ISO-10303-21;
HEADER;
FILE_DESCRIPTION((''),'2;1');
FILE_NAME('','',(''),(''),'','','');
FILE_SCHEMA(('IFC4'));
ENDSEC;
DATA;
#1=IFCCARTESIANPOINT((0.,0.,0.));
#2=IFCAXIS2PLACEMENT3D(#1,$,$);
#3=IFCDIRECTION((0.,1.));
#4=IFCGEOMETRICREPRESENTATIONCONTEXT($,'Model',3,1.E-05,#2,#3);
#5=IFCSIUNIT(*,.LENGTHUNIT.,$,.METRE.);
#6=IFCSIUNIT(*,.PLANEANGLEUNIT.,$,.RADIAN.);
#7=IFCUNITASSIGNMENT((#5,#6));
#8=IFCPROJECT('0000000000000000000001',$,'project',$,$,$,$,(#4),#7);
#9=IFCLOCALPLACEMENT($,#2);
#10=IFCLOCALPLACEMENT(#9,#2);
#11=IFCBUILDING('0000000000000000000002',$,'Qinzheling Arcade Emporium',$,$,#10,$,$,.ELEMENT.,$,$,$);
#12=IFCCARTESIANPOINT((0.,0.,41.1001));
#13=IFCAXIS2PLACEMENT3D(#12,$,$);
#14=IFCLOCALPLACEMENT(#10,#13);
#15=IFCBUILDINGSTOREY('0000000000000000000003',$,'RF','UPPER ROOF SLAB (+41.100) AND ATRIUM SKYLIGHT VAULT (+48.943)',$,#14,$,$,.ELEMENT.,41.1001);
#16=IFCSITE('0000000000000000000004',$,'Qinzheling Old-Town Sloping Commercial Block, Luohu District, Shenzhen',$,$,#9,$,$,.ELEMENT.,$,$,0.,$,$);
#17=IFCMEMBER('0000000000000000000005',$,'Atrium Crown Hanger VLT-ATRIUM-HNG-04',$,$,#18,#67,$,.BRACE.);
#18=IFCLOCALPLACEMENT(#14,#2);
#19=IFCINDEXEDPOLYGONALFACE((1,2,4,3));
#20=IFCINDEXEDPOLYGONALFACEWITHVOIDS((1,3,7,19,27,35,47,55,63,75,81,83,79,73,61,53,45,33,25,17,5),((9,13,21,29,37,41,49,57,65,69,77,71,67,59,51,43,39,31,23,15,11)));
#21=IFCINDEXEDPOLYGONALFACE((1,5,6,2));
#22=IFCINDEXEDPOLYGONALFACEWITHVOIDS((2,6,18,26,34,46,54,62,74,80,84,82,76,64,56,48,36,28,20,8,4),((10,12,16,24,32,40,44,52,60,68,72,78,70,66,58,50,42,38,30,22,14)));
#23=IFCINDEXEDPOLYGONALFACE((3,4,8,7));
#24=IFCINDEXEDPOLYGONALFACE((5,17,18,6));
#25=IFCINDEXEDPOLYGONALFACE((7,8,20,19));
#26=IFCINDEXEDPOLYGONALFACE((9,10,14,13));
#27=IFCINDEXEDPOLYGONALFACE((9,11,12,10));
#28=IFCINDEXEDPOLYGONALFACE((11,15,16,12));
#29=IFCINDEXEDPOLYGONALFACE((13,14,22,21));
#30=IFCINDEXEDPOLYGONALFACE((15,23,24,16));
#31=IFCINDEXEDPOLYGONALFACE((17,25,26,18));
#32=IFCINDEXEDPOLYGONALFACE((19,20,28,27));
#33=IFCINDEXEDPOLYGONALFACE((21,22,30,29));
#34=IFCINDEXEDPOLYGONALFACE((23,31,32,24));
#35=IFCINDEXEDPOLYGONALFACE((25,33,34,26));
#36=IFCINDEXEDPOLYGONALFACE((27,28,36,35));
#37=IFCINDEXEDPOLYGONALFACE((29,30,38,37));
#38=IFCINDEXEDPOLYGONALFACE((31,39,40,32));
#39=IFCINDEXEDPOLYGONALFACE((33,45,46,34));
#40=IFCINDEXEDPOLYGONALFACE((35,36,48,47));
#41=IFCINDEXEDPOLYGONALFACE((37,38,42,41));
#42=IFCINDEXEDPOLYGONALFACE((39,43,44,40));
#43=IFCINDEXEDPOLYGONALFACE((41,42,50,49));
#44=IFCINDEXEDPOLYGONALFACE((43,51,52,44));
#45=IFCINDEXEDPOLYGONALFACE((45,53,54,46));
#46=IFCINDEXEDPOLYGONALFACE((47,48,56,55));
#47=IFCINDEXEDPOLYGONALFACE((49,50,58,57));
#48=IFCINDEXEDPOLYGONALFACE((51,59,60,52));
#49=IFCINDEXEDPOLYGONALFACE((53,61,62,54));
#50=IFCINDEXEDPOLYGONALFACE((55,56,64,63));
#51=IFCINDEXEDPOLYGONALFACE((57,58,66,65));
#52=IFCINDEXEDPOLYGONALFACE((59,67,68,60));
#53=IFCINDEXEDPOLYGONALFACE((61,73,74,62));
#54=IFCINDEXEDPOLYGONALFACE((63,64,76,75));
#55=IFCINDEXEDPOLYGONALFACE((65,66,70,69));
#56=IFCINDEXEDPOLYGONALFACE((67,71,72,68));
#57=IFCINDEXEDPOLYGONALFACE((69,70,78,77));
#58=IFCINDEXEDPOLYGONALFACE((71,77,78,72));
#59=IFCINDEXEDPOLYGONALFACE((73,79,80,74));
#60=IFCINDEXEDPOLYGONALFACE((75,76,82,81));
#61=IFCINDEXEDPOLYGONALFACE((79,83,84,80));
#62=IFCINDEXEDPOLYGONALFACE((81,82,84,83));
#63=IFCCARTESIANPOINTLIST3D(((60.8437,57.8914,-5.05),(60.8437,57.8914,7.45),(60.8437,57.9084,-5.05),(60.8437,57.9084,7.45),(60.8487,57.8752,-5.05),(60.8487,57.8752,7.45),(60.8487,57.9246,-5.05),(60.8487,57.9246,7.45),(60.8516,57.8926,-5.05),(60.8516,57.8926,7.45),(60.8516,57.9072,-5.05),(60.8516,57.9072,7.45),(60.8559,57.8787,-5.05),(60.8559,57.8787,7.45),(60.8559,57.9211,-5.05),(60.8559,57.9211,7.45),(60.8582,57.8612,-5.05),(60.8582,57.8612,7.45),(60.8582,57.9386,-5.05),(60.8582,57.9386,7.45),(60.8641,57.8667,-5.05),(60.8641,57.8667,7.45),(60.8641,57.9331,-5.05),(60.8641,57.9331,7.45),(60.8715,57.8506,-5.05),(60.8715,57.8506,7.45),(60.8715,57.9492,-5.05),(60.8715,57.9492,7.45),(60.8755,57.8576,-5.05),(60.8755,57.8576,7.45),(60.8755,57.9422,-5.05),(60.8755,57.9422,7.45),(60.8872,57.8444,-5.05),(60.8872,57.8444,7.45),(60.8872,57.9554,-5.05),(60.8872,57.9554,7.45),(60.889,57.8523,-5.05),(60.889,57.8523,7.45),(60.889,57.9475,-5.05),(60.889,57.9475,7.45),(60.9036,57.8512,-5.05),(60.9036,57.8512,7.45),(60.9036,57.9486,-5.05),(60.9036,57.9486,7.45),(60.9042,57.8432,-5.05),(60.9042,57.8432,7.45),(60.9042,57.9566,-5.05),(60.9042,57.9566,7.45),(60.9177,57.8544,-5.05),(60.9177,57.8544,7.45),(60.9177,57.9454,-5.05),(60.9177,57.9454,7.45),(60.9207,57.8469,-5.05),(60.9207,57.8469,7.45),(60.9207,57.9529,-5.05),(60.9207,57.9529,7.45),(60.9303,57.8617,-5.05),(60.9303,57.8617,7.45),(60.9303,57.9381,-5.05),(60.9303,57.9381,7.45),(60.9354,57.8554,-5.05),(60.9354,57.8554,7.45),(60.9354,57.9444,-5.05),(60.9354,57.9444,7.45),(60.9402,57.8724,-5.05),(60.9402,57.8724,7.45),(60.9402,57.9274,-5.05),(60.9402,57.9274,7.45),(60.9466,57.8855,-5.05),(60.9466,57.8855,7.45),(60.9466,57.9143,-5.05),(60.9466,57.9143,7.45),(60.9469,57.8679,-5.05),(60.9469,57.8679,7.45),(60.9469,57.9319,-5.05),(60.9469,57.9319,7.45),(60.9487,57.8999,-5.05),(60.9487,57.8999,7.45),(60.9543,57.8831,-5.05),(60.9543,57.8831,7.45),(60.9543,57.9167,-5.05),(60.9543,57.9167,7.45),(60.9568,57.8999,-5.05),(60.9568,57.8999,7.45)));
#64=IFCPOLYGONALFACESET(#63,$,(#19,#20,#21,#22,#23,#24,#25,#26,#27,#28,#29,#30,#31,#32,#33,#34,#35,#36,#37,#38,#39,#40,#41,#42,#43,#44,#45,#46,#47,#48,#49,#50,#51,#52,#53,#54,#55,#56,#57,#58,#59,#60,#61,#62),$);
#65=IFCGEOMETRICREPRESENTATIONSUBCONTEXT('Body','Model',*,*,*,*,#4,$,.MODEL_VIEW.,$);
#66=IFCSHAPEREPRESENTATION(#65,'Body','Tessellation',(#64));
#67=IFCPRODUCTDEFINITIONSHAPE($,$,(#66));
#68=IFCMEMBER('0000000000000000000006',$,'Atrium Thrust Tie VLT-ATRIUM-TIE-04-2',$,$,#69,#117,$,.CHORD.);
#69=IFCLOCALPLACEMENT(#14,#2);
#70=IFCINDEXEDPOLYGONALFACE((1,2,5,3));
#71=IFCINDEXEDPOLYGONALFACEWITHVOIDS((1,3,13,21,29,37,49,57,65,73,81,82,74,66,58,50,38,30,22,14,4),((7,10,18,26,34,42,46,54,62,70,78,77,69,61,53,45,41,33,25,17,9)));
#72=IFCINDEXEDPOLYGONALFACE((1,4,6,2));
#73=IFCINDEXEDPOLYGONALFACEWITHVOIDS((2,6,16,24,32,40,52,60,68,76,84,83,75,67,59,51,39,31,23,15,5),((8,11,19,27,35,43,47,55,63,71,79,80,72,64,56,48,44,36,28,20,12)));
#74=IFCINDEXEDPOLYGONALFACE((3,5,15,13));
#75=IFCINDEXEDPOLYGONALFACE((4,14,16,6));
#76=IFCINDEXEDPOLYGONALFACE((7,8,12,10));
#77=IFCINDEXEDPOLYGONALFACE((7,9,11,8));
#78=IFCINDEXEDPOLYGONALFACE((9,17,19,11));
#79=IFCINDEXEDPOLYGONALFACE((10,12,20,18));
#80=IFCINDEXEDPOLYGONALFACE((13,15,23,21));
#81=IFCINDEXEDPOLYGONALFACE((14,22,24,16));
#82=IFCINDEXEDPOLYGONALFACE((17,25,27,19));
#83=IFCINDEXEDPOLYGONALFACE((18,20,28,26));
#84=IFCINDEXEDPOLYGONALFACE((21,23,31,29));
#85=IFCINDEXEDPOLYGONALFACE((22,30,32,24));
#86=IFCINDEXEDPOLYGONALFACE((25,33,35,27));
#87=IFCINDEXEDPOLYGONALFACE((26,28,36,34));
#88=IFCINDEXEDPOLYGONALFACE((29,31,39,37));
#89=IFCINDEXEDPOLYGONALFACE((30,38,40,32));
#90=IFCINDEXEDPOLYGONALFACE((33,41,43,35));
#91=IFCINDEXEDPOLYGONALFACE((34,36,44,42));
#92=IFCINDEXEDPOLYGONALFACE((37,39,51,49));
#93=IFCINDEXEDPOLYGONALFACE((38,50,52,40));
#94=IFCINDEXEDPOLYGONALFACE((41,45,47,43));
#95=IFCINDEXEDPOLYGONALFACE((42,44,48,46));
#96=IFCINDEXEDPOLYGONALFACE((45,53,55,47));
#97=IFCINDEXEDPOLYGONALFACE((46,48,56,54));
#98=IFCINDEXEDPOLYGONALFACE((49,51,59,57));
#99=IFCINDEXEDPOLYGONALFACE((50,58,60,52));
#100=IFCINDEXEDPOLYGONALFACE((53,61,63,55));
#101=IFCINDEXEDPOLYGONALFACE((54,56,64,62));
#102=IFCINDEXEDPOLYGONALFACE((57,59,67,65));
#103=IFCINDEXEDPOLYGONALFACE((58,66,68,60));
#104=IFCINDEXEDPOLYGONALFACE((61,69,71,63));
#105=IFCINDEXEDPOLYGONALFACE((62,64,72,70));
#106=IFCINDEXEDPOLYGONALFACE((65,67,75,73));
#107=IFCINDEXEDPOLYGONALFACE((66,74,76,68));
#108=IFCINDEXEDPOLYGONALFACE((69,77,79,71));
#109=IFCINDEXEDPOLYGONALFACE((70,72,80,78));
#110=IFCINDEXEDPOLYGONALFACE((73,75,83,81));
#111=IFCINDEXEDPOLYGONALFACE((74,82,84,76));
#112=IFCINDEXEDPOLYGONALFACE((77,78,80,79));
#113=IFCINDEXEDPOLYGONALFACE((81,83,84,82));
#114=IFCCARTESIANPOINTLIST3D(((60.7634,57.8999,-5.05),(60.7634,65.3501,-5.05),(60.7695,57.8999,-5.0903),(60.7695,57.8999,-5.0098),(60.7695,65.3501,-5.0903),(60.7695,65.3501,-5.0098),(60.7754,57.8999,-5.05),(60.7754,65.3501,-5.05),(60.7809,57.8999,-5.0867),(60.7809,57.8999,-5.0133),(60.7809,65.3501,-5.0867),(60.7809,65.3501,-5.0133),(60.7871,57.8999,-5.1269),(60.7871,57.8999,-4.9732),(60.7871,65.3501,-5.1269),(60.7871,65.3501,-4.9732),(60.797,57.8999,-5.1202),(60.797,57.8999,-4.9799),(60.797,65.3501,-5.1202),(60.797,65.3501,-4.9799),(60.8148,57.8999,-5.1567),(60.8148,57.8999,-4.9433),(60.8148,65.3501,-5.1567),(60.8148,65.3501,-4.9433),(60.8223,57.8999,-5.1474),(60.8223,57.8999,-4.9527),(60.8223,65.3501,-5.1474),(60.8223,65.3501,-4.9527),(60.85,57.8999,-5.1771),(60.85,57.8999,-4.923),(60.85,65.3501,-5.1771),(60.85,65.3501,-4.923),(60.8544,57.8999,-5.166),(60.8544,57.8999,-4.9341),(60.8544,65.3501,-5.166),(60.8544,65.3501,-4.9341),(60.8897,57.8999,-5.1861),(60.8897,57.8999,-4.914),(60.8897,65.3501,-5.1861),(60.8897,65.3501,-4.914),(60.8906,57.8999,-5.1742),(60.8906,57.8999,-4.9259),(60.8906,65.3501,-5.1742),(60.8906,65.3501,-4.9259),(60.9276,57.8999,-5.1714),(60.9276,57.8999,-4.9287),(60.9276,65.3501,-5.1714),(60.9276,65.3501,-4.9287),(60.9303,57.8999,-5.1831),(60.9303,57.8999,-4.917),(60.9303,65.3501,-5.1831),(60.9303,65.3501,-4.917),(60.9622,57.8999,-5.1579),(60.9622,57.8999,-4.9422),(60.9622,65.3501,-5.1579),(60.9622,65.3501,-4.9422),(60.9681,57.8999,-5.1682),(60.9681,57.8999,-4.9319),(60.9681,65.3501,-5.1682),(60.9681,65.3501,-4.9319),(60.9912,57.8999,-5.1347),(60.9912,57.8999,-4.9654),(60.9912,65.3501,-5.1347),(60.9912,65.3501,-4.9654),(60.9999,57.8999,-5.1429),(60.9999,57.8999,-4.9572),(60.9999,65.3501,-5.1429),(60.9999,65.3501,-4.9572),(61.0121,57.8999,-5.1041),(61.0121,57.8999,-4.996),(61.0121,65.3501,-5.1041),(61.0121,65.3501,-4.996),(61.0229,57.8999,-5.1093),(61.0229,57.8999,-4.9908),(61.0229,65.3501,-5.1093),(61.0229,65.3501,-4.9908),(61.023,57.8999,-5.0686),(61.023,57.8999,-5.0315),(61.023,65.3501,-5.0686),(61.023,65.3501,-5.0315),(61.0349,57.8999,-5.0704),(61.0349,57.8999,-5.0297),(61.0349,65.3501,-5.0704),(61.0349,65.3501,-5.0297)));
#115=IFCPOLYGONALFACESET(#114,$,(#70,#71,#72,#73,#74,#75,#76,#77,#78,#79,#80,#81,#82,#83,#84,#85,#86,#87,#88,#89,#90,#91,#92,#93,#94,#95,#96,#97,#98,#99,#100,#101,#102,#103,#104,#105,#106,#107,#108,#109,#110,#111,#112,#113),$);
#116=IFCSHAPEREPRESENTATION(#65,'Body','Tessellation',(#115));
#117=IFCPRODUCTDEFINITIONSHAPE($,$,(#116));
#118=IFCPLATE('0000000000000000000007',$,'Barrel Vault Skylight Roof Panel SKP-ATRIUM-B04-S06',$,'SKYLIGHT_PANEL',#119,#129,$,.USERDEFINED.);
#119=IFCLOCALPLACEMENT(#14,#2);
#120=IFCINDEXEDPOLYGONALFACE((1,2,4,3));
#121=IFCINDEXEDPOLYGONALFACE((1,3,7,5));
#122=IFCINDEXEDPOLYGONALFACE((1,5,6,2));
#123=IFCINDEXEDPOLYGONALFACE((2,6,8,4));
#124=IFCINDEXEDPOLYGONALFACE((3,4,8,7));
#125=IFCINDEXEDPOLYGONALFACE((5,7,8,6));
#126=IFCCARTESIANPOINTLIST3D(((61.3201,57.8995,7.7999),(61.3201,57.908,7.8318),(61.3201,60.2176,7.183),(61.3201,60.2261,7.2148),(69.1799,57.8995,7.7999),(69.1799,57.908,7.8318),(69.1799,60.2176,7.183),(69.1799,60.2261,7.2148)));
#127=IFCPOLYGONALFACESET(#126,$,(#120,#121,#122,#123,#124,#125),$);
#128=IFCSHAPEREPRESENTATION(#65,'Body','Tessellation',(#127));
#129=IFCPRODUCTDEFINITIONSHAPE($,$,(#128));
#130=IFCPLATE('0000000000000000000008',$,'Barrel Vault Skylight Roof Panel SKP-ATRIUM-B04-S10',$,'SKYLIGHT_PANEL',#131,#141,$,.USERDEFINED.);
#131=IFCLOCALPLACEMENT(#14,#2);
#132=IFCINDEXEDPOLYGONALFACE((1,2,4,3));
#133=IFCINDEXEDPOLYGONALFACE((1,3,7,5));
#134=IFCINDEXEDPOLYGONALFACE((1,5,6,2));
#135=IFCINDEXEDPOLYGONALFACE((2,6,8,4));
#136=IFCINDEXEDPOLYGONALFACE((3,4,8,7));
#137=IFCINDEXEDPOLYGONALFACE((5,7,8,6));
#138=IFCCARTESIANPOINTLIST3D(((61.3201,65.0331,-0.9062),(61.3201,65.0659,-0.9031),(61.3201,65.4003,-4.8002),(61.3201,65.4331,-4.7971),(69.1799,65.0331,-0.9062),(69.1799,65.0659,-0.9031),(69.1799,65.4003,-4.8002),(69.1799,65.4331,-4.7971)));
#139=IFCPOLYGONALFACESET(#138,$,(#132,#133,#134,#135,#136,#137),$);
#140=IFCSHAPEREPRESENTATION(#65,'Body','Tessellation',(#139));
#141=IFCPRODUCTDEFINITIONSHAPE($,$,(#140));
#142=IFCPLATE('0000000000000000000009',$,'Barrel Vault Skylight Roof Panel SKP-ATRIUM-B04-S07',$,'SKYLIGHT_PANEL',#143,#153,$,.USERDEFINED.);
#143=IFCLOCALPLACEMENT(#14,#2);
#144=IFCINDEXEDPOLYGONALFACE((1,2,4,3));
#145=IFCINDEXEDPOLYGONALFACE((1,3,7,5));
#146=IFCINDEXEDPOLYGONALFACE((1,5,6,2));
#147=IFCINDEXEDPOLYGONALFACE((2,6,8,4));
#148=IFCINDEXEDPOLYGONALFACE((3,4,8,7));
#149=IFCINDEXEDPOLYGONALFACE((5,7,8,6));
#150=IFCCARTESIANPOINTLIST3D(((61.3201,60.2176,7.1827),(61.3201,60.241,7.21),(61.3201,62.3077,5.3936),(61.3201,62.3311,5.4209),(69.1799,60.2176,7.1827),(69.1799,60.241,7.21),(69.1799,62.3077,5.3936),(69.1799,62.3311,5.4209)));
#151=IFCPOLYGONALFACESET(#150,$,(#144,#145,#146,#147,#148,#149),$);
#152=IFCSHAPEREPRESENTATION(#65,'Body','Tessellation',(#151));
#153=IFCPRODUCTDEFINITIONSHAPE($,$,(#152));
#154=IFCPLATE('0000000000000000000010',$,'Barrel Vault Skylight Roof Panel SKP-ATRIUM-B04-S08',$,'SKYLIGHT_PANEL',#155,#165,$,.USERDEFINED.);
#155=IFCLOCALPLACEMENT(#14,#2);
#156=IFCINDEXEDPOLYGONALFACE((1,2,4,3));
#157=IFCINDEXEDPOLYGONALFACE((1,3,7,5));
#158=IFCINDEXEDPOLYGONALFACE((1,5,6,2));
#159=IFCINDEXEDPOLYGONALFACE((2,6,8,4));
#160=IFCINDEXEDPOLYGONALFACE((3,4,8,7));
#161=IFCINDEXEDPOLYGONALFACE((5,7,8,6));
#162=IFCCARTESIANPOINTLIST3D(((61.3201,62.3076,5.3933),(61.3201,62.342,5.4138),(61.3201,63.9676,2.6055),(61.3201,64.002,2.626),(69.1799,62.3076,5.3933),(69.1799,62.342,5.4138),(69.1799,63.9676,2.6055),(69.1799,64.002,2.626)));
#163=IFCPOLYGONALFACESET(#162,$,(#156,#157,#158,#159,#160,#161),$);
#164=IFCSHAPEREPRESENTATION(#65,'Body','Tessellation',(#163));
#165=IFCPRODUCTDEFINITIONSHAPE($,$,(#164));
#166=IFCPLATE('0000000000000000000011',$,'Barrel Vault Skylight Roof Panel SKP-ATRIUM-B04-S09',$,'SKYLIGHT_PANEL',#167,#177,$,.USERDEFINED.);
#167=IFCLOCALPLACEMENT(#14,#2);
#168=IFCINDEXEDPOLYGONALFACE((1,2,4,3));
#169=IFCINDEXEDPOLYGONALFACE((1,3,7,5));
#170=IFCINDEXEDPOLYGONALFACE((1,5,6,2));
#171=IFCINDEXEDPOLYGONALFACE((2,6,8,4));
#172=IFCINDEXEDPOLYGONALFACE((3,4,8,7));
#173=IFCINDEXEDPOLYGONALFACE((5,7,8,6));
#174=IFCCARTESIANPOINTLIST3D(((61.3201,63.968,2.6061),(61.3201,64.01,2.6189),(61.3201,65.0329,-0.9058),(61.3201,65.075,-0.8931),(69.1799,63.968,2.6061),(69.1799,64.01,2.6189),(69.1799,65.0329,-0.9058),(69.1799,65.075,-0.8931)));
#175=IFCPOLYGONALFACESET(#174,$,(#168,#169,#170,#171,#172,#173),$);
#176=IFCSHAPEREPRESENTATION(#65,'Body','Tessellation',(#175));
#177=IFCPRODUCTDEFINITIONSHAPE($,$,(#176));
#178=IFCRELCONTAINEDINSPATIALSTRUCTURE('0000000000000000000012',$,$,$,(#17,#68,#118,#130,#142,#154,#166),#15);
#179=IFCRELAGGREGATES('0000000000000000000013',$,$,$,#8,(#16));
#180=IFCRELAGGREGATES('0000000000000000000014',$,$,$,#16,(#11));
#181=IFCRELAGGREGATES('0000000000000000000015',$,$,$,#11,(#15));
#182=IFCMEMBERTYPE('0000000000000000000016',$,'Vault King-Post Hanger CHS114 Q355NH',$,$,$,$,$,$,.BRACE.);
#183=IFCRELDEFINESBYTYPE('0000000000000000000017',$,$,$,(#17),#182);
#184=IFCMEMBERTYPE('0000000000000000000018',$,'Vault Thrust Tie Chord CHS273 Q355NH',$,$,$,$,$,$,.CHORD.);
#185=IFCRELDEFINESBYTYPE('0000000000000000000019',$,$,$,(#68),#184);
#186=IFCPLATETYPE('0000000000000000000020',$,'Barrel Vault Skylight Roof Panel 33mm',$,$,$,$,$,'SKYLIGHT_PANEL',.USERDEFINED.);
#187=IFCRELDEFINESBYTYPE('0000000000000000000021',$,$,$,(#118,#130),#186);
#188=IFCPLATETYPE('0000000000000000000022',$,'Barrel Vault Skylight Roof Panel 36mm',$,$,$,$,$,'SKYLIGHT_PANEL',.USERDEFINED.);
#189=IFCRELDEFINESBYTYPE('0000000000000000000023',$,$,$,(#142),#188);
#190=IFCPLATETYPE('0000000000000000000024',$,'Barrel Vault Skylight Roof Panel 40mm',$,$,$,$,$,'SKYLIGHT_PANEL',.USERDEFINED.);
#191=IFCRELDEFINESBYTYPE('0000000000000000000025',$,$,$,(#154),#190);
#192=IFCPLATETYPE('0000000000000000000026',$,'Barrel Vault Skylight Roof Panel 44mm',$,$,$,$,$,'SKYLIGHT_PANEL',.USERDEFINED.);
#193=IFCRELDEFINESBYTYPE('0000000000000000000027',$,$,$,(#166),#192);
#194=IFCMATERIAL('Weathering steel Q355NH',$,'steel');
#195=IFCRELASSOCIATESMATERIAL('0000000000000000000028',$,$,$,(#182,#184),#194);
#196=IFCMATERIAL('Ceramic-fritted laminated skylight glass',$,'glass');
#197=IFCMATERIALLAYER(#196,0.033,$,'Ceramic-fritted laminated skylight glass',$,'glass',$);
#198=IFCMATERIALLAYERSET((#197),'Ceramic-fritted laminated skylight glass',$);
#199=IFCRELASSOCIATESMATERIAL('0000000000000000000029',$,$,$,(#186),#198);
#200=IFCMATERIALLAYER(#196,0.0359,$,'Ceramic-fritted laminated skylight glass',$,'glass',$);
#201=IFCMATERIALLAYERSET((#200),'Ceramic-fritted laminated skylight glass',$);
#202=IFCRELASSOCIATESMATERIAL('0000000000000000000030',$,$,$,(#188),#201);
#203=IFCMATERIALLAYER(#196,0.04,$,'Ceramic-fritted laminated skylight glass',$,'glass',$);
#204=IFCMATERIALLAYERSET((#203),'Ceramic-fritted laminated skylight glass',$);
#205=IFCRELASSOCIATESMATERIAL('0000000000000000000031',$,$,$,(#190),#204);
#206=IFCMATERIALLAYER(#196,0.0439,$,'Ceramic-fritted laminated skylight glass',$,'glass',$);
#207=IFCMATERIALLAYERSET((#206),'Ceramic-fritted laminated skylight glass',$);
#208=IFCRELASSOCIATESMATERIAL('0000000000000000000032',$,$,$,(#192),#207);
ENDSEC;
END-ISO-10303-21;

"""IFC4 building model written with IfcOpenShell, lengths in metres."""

from ifc_helpers import new_model, si_unit, direction, frame, origin, origin_2d, place, context, subcontext, project, spatial, polyline, hollow_circle, outline, extrude, material, layer, layer_set, material_profile, profile_set, type_object, element, save


model = new_model("IFC4")

# Units and contexts
model_context = context("Model", 3, precision=1e-05, world=origin(), true_north=direction((0.0, 1.0)))
body_context = subcontext(model_context, "Body", "Model", "MODEL_VIEW")
ifc_project = project(units=[si_unit("LENGTHUNIT", "METRE"), si_unit("PLANEANGLEUNIT", "RADIAN")], contexts=[model_context])

# Site, building, storey
site_placement = place(None, origin())
site = spatial("IfcSite", under=ifc_project, at=site_placement, Name="Qinzheling Old-Town Sloping Commercial Block, Luohu District, Shenzhen", CompositionType="ELEMENT", RefElevation=0.0)
building_placement = place(site_placement, origin())
building = spatial("IfcBuilding", under=site, at=building_placement, Name="Qinzheling Arcade Emporium", CompositionType="ELEMENT")
storey_placement = place(building_placement, frame((0.0, 0.0, 41.1001)))
storey = spatial("IfcBuildingStorey", under=building, at=storey_placement, Name="RF", Description="UPPER ROOF SLAB (+41.100) AND ATRIUM SKYLIGHT VAULT (+48.943)", CompositionType="ELEMENT", Elevation=41.1001)

# Shared definitions
ifc_material_1 = material(Name="Weathering steel Q355NH", Category="steel")

# Members
ifc_material_profile_1 = material_profile(ifc_material_1, hollow_circle(Radius=0.0569, WallThickness=0.0081, at=origin_2d()), Name="CHS 114x8", Category="steel")
ifc_profile_set_1 = profile_set([ifc_material_profile_1], Name="Weathering steel Q355NH")
member_type_1 = type_object("IfcMemberType", Name="Vault King-Post Hanger CHS114 Q355NH", PredefinedType="BRACE", material=ifc_profile_set_1)
member_1_placement = place(storey_placement, frame((60.8999, 57.8999, -5.05), z_axis=(0.0, 0.0, 1.0), x_axis=(1.0, 0.0, 0.0)))
element("IfcMember", 1, at=member_1_placement, inside=storey, type_object=member_type_1, Name="Atrium Crown Hanger VLT-ATRIUM-HNG-04", PredefinedType="BRACE", context=body_context, shape_type="SweptSolid", body=[
    extrude(hollow_circle(Radius=0.0569, WallThickness=0.0081, at=origin_2d()), origin(), (0.0, 0.0, 1.0), 12.5),
])
ifc_material_profile_2 = material_profile(ifc_material_1, hollow_circle(Radius=0.1365, WallThickness=0.012, at=origin_2d()), Name="CHS 273x12", Category="steel")
ifc_profile_set_2 = profile_set([ifc_material_profile_2], Name="Weathering steel Q355NH")
member_type_2 = type_object("IfcMemberType", Name="Vault Thrust Tie Chord CHS273 Q355NH", PredefinedType="CHORD", material=ifc_profile_set_2)
member_2_placement = place(storey_placement, frame((60.8999, 57.8999, -5.05), z_axis=(0.0, 1.0, 0.0), x_axis=(-1.0, 0.0, 0.0)))
element("IfcMember", 2, at=member_2_placement, inside=storey, type_object=member_type_2, Name="Atrium Thrust Tie VLT-ATRIUM-TIE-04-2", PredefinedType="CHORD", context=body_context, shape_type="SweptSolid", body=[
    extrude(hollow_circle(Radius=0.1365, WallThickness=0.012, at=origin_2d()), origin(), (0.0, 0.0, 1.0), 7.4502),
])

# Plates
ifc_material_2 = material(Name="Ceramic-fritted laminated skylight glass", Category="glass")
ifc_layer_1 = layer(ifc_material_2, 0.033, Name="Ceramic-fritted laminated skylight glass", Category="glass")
ifc_layer_set_1 = layer_set([ifc_layer_1], Name="Ceramic-fritted laminated skylight glass")
plate_type_1 = type_object("IfcPlateType", Name="Barrel Vault Skylight Roof Panel 33mm", ElementType="SKYLIGHT_PANEL", PredefinedType="USERDEFINED", material=ifc_layer_set_1)
plate_1_placement = place(storey_placement, frame((61.3201, 57.908, 7.8318), z_axis=(0.0, 0.257188, 0.966362), x_axis=(1.0, 0.0, 0.0)))
element("IfcPlate", 3, at=plate_1_placement, inside=storey, type_object=plate_type_1, Name="Barrel Vault Skylight Roof Panel SKP-ATRIUM-B04-S06", ObjectType="SKYLIGHT_PANEL", PredefinedType="USERDEFINED", context=body_context, shape_type="SweptSolid", body=[
    extrude(outline(polyline([(0.0, 0.0), (7.8599, 0.0), (7.8599, 2.3988), (0.0, 2.3988), (0.0, 0.0)])), origin(), (0.0, 0.0, -1.0), 0.033),
])
plate_2_placement = place(storey_placement, frame((61.3201, 65.0659, -0.9031), z_axis=(0.0, 0.995584, 0.093878), x_axis=(1.0, 0.0, 0.0)))
element("IfcPlate", 4, at=plate_2_placement, inside=storey, type_object=plate_type_1, Name="Barrel Vault Skylight Roof Panel SKP-ATRIUM-B04-S10", ObjectType="SKYLIGHT_PANEL", PredefinedType="USERDEFINED", context=body_context, shape_type="SweptSolid", body=[
    extrude(outline(polyline([(0.0, 0.0), (7.8599, 0.0), (7.8599, 3.9113), (0.0, 3.9113), (0.0, 0.0)])), origin(), (0.0, 0.0, -1.0), 0.033),
])
ifc_layer_2 = layer(ifc_material_2, 0.0359, Name="Ceramic-fritted laminated skylight glass", Category="glass")
ifc_layer_set_2 = layer_set([ifc_layer_2], Name="Ceramic-fritted laminated skylight glass")
plate_type_2 = type_object("IfcPlateType", Name="Barrel Vault Skylight Roof Panel 36mm", ElementType="SKYLIGHT_PANEL", PredefinedType="USERDEFINED", material=ifc_layer_set_2)
plate_3_placement = place(storey_placement, frame((61.3201, 60.241, 7.21), z_axis=(0.0, 0.65028, 0.759695), x_axis=(1.0, 0.0, 0.0)))
element("IfcPlate", 5, at=plate_3_placement, inside=storey, type_object=plate_type_2, Name="Barrel Vault Skylight Roof Panel SKP-ATRIUM-B04-S07", ObjectType="SKYLIGHT_PANEL", PredefinedType="USERDEFINED", context=body_context, shape_type="SweptSolid", body=[
    extrude(outline(polyline([(0.0, 0.0), (7.8599, 0.0), (7.8599, 2.7512), (0.0, 2.7512), (0.0, 0.0)])), origin(), (0.0, 0.0, -1.0), 0.0359),
])
ifc_layer_3 = layer(ifc_material_2, 0.04, Name="Ceramic-fritted laminated skylight glass", Category="glass")
ifc_layer_set_3 = layer_set([ifc_layer_3], Name="Ceramic-fritted laminated skylight glass")
plate_type_3 = type_object("IfcPlateType", Name="Barrel Vault Skylight Roof Panel 40mm", ElementType="SKYLIGHT_PANEL", PredefinedType="USERDEFINED", material=ifc_layer_set_3)
plate_4_placement = place(storey_placement, frame((61.3201, 62.342, 5.4138), z_axis=(0.0, 0.859228, 0.511594), x_axis=(1.0, 0.0, 0.0)))
element("IfcPlate", 6, at=plate_4_placement, inside=storey, type_object=plate_type_3, Name="Barrel Vault Skylight Roof Panel SKP-ATRIUM-B04-S08", ObjectType="SKYLIGHT_PANEL", PredefinedType="USERDEFINED", context=body_context, shape_type="SweptSolid", body=[
    extrude(outline(polyline([(0.0, 0.0), (7.8599, 0.0), (7.8599, 3.2446), (0.0, 3.2446), (0.0, 0.0)])), origin(), (0.0, 0.0, -1.0), 0.04),
])
ifc_layer_4 = layer(ifc_material_2, 0.0439, Name="Ceramic-fritted laminated skylight glass", Category="glass")
ifc_layer_set_4 = layer_set([ifc_layer_4], Name="Ceramic-fritted laminated skylight glass")
plate_type_4 = type_object("IfcPlateType", Name="Barrel Vault Skylight Roof Panel 44mm", ElementType="SKYLIGHT_PANEL", PredefinedType="USERDEFINED", material=ifc_layer_set_4)
plate_5_placement = place(storey_placement, frame((61.3201, 64.01, 2.6189), z_axis=(0.0, 0.956971, 0.290185), x_axis=(1.0, 0.0, 0.0)))
element("IfcPlate", 7, at=plate_5_placement, inside=storey, type_object=plate_type_4, Name="Barrel Vault Skylight Roof Panel SKP-ATRIUM-B04-S09", ObjectType="SKYLIGHT_PANEL", PredefinedType="USERDEFINED", context=body_context, shape_type="SweptSolid", body=[
    extrude(outline(polyline([(0.0, 0.0), (7.8599, 0.0), (7.8599, 3.6699), (0.0, 3.6699), (0.0, 0.0)])), origin(), (0.0, 0.0, -1.0), 0.0439),
])

save(model, "model.ifc")
